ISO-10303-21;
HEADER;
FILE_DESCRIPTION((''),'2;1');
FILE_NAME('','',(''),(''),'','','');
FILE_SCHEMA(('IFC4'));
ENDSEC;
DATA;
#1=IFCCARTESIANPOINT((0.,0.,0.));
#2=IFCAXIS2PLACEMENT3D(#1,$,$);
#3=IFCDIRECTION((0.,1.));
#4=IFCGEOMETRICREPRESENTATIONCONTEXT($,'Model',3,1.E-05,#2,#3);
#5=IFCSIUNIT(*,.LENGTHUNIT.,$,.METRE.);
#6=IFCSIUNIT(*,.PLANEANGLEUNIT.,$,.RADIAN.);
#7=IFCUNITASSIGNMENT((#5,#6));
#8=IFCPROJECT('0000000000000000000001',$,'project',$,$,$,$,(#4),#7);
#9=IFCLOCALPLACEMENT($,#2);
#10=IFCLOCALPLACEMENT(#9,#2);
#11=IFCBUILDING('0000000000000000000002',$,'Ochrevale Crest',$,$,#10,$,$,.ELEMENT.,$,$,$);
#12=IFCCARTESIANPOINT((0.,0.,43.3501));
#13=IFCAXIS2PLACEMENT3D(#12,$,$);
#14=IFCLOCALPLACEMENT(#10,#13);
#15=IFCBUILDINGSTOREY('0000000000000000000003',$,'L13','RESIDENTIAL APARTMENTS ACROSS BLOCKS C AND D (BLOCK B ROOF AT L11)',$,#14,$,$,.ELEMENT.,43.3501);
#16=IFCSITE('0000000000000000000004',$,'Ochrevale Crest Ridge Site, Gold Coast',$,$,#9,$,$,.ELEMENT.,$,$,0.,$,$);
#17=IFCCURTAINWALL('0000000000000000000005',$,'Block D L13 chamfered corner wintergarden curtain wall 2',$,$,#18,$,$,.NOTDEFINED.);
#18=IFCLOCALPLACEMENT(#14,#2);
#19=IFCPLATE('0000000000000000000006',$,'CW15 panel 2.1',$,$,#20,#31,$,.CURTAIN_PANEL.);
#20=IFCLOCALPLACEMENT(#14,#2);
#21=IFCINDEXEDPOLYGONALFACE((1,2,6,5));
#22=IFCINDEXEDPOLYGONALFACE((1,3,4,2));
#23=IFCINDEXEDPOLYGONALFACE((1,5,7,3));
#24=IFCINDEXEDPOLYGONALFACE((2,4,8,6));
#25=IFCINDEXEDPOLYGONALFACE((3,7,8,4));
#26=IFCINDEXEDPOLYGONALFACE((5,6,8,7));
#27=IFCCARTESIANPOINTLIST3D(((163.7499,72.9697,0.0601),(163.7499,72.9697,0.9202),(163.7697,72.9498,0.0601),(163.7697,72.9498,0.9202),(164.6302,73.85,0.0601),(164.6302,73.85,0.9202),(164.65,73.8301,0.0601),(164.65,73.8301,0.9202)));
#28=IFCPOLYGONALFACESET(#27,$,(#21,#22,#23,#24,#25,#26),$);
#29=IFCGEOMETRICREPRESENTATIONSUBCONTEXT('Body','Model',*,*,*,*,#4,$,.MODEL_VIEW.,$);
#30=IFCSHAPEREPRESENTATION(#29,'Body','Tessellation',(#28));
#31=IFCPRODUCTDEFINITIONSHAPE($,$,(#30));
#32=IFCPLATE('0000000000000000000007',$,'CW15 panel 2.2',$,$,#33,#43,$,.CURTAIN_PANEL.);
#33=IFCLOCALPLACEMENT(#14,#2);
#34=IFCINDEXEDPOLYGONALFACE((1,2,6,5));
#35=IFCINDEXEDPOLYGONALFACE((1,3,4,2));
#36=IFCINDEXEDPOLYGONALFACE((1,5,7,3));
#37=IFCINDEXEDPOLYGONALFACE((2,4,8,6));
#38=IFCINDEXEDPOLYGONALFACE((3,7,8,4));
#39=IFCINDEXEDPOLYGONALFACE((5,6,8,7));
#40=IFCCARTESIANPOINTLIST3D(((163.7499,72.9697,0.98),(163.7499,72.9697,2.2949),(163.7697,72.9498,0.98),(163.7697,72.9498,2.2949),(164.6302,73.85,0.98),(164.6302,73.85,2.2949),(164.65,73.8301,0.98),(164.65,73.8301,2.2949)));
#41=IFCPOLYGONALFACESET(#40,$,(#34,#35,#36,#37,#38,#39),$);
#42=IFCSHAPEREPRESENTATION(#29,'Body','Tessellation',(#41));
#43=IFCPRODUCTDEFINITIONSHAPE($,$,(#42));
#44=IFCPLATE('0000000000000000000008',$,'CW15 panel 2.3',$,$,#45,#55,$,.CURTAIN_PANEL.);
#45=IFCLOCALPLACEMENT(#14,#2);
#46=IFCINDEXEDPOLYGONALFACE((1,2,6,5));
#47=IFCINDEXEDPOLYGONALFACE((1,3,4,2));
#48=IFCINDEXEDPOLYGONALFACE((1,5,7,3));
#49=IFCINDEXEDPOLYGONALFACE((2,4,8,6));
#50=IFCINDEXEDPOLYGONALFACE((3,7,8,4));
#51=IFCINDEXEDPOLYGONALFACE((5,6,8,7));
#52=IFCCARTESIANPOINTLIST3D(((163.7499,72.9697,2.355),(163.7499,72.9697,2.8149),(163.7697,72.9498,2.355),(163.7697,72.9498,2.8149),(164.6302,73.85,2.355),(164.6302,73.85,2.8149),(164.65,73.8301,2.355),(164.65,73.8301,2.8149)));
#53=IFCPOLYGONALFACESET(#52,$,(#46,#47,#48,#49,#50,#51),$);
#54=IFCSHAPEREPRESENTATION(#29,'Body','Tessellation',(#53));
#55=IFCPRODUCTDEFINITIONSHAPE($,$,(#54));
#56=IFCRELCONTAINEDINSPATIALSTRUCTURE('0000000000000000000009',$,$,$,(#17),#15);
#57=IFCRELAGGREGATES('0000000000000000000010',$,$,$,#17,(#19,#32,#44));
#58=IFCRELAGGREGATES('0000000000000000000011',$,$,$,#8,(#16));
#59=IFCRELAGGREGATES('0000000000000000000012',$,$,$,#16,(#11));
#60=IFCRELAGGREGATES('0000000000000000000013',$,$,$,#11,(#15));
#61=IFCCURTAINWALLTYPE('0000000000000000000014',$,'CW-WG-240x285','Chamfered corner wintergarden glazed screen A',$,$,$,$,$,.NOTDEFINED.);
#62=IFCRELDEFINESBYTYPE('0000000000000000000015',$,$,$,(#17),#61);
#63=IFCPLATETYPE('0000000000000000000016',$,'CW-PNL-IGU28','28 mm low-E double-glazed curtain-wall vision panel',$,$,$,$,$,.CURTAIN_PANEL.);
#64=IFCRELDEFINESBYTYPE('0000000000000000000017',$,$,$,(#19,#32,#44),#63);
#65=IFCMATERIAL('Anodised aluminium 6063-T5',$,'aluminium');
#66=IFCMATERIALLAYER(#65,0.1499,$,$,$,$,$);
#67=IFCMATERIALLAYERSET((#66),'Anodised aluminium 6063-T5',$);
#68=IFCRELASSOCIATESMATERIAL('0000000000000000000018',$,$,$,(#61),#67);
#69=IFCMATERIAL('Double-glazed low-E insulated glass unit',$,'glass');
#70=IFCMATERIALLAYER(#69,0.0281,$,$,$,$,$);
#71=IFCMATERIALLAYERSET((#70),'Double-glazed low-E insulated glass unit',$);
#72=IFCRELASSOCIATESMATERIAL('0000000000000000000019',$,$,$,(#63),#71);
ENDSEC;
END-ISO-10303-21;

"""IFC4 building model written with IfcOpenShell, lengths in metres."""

from ifc_helpers import new_model, si_unit, direction, frame, origin, origin_2d, place, context, subcontext, project, spatial, rectangle, extrude, material, layer, layer_set, type_object, element, aggregate, save


model = new_model("IFC4")

# Units and contexts
model_context = context("Model", 3, precision=1e-05, world=origin(), true_north=direction((0.0, 1.0)))
body_context = subcontext(model_context, "Body", "Model", "MODEL_VIEW")
ifc_project = project(units=[si_unit("LENGTHUNIT", "METRE"), si_unit("PLANEANGLEUNIT", "RADIAN")], contexts=[model_context])

# Site, building, storey
site_placement = place(None, origin())
site = spatial("IfcSite", under=ifc_project, at=site_placement, Name="Ochrevale Crest Ridge Site, Gold Coast", CompositionType="ELEMENT", RefElevation=0.0)
building_placement = place(site_placement, origin())
building = spatial("IfcBuilding", under=site, at=building_placement, Name="Ochrevale Crest", CompositionType="ELEMENT")
storey_placement = place(building_placement, frame((0.0, 0.0, 43.3501)))
storey = spatial("IfcBuildingStorey", under=building, at=storey_placement, Name="L13", Description="RESIDENTIAL APARTMENTS ACROSS BLOCKS C AND D (BLOCK B ROOF AT L11)", CompositionType="ELEMENT", Elevation=43.3501)

# Curtain wall, plates
ifc_material_1 = material(Name="Anodised aluminium 6063-T5", Category="aluminium")
ifc_layer_1 = layer(ifc_material_1, 0.1499)
ifc_layer_set_1 = layer_set([ifc_layer_1], Name="Anodised aluminium 6063-T5")
curtain_wall_type = type_object("IfcCurtainWallType", Name="CW-WG-240x285", Description="Chamfered corner wintergarden glazed screen A", PredefinedType="NOTDEFINED", material=ifc_layer_set_1)
curtain_wall_placement = place(storey_placement, origin())
curtain_wall = element("IfcCurtainWall", 1, at=curtain_wall_placement, inside=storey, type_object=curtain_wall_type, Name="Block D L13 chamfered corner wintergarden curtain wall 2", PredefinedType="NOTDEFINED")
ifc_material_2 = material(Name="Double-glazed low-E insulated glass unit", Category="glass")
ifc_layer_2 = layer(ifc_material_2, 0.0281)
ifc_layer_set_2 = layer_set([ifc_layer_2], Name="Double-glazed low-E insulated glass unit")
plate_type = type_object("IfcPlateType", Name="CW-PNL-IGU28", Description="28 mm low-E double-glazed curtain-wall vision panel", PredefinedType="CURTAIN_PANEL", material=ifc_layer_set_2)
plate_1_placement = place(storey_placement, frame((164.2, 73.3999, 0.0601), z_axis=(0.0, 0.0, 1.0), x_axis=(0.707107, 0.707107, 0.0)))
plate_1 = element("IfcPlate", 2, at=plate_1_placement, type_object=plate_type, Name="CW15 panel 2.1", PredefinedType="CURTAIN_PANEL", context=body_context, shape_type="SweptSolid", body=[
    extrude(rectangle(XDim=1.2449, YDim=0.0281, at=origin_2d()), origin(), (0.0, 0.0, 1.0), 0.8601),
])
plate_2_placement = place(storey_placement, frame((164.2, 73.3999, 0.98), z_axis=(0.0, 0.0, 1.0), x_axis=(0.707107, 0.707107, 0.0)))
plate_2 = element("IfcPlate", 3, at=plate_2_placement, type_object=plate_type, Name="CW15 panel 2.2", PredefinedType="CURTAIN_PANEL", context=body_context, shape_type="SweptSolid", body=[
    extrude(rectangle(XDim=1.2449, YDim=0.0281, at=origin_2d()), origin(), (0.0, 0.0, 1.0), 1.3149),
])
plate_3_placement = place(storey_placement, frame((164.2, 73.3999, 2.355), z_axis=(0.0, 0.0, 1.0), x_axis=(0.707107, 0.707107, 0.0)))
plate_3 = element("IfcPlate", 4, at=plate_3_placement, type_object=plate_type, Name="CW15 panel 2.3", PredefinedType="CURTAIN_PANEL", context=body_context, shape_type="SweptSolid", body=[
    extrude(rectangle(XDim=1.2449, YDim=0.0281, at=origin_2d()), origin(), (0.0, 0.0, 1.0), 0.46),
])
aggregate(curtain_wall, [plate_1, plate_2, plate_3])

save(model, "model.ifc")
